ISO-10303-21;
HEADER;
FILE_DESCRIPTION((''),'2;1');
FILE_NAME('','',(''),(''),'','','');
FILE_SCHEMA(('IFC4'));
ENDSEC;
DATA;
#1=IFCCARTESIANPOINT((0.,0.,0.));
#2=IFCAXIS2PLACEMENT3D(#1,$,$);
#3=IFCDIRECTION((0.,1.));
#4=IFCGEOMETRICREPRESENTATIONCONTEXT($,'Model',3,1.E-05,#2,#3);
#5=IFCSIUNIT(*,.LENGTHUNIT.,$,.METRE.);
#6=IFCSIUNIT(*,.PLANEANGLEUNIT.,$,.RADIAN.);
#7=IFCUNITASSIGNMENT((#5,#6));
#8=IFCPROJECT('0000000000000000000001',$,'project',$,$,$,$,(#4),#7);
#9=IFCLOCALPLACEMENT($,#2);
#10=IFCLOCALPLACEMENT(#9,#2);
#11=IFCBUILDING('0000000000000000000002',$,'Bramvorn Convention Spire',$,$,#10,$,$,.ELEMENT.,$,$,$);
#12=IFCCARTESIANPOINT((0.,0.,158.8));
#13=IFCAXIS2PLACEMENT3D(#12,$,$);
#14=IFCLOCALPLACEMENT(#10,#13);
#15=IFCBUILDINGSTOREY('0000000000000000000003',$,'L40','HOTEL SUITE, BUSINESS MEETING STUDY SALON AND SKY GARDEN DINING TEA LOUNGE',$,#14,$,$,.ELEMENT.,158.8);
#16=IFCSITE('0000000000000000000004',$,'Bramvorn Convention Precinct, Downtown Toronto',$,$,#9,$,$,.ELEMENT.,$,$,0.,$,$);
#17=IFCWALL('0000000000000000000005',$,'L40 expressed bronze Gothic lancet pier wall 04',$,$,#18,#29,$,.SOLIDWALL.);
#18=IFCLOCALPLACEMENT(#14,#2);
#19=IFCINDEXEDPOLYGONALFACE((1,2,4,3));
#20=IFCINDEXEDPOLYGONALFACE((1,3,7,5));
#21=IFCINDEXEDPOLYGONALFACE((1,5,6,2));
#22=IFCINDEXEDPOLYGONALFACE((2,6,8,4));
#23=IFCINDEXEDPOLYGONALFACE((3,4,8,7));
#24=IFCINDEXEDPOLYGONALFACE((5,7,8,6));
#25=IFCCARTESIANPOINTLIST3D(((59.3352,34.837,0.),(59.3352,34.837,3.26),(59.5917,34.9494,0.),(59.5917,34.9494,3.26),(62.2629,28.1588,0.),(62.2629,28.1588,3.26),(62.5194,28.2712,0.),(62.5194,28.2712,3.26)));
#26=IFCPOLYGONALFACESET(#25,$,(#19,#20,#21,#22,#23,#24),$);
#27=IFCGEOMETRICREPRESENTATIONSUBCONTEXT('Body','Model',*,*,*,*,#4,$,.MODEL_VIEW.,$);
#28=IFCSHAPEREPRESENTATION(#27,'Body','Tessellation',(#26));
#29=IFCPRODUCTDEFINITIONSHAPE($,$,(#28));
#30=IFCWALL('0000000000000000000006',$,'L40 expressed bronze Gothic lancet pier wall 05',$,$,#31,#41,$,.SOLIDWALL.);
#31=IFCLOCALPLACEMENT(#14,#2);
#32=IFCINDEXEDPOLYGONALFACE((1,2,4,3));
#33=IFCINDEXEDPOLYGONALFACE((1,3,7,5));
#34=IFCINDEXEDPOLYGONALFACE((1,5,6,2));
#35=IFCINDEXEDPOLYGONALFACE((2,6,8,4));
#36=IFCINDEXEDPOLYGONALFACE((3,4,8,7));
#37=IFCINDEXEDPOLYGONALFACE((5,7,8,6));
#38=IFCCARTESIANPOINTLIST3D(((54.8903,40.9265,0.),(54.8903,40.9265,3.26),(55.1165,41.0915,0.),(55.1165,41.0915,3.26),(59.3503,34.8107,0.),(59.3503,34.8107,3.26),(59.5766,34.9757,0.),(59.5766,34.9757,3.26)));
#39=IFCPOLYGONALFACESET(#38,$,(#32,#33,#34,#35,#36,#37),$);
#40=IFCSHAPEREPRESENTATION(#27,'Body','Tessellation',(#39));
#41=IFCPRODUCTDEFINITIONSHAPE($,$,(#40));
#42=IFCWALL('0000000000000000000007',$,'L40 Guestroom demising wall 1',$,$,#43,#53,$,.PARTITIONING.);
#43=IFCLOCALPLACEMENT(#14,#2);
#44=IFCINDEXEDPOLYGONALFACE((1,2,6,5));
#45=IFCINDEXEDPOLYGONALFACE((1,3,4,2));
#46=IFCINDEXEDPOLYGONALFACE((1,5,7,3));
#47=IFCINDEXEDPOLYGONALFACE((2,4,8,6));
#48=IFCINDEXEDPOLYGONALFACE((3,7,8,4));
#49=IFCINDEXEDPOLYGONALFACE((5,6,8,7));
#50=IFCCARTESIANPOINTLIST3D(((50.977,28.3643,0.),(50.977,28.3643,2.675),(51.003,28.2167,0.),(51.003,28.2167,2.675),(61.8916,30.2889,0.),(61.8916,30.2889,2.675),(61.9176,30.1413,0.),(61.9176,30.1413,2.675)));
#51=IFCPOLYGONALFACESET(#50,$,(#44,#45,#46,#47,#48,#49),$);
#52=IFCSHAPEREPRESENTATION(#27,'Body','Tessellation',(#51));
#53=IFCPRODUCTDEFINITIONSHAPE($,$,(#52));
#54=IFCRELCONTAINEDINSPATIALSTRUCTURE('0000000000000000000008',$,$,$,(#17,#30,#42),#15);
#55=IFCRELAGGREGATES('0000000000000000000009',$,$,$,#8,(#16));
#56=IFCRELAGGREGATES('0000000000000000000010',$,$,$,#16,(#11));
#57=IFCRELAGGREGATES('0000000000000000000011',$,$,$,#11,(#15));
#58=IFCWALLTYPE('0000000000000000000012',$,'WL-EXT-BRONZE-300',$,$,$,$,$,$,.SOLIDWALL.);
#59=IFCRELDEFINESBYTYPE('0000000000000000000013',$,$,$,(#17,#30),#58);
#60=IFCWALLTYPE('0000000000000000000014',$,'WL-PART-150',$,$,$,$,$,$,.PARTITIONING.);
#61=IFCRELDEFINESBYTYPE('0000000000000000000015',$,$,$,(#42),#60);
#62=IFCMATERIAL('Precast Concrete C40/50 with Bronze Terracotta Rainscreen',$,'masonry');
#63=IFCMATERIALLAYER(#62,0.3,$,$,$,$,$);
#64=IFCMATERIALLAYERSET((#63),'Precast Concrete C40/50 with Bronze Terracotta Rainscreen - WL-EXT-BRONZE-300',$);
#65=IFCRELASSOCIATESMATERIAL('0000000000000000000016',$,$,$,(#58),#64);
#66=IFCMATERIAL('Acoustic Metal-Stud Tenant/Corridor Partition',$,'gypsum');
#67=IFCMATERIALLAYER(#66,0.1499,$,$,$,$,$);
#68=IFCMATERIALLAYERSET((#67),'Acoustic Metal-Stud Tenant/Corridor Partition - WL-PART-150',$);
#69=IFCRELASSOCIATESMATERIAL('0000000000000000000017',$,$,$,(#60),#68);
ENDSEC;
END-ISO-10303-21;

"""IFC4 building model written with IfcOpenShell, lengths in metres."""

from ifc_helpers import new_model, si_unit, direction, frame, frame_2d, origin, place, context, subcontext, project, spatial, rectangle, extrude, material, layer, layer_set, type_object, element, save


model = new_model("IFC4")

# Units and contexts
model_context = context("Model", 3, precision=1e-05, world=origin(), true_north=direction((0.0, 1.0)))
body_context = subcontext(model_context, "Body", "Model", "MODEL_VIEW")
ifc_project = project(units=[si_unit("LENGTHUNIT", "METRE"), si_unit("PLANEANGLEUNIT", "RADIAN")], contexts=[model_context])

# Site, building, storey
site_placement = place(None, origin())
site = spatial("IfcSite", under=ifc_project, at=site_placement, Name="Bramvorn Convention Precinct, Downtown Toronto", CompositionType="ELEMENT", RefElevation=0.0)
building_placement = place(site_placement, origin())
building = spatial("IfcBuilding", under=site, at=building_placement, Name="Bramvorn Convention Spire", CompositionType="ELEMENT")
storey_placement = place(building_placement, frame((0.0, 0.0, 158.8)))
storey = spatial("IfcBuildingStorey", under=building, at=storey_placement, Name="L40", Description="HOTEL SUITE, BUSINESS MEETING STUDY SALON AND SKY GARDEN DINING TEA LOUNGE", CompositionType="ELEMENT", Elevation=158.8)

# Walls
ifc_material_1 = material(Name="Precast Concrete C40/50 with Bronze Terracotta Rainscreen", Category="masonry")
ifc_layer_1 = layer(ifc_material_1, 0.3)
ifc_layer_set_1 = layer_set([ifc_layer_1], Name="Precast Concrete C40/50 with Bronze Terracotta Rainscreen - WL-EXT-BRONZE-300")
wall_type_1 = type_object("IfcWallType", Name="WL-EXT-BRONZE-300", PredefinedType="SOLIDWALL", material=ifc_layer_set_1)
wall_1_placement = place(storey_placement, frame((59.4634, 34.8933, 0.0), z_axis=(0.0, 0.0, 1.0), x_axis=(0.401511, -0.915854, 0.0)))
element("IfcWall", 1, at=wall_1_placement, inside=storey, type_object=wall_type_1, Name="L40 expressed bronze Gothic lancet pier wall 04", PredefinedType="SOLIDWALL", context=body_context, shape_type="SweptSolid", body=[
    extrude(rectangle(XDim=7.2917, YDim=0.28, at=frame_2d((3.646, 0.0))), origin(), (0.0, 0.0, 1.0), 3.26),
])
wall_2_placement = place(storey_placement, frame((55.0034, 41.009, 0.0), z_axis=(0.0, 0.0, 1.0), x_axis=(0.589222, -0.807971, 0.0)))
element("IfcWall", 2, at=wall_2_placement, inside=storey, type_object=wall_type_1, Name="L40 expressed bronze Gothic lancet pier wall 05", PredefinedType="SOLIDWALL", context=body_context, shape_type="SweptSolid", body=[
    extrude(rectangle(XDim=7.5693, YDim=0.28, at=frame_2d((3.7847, 0.0))), origin(), (0.0, 0.0, 1.0), 3.26),
])
ifc_material_2 = material(Name="Acoustic Metal-Stud Tenant/Corridor Partition", Category="gypsum")
ifc_layer_2 = layer(ifc_material_2, 0.1499)
ifc_layer_set_2 = layer_set([ifc_layer_2], Name="Acoustic Metal-Stud Tenant/Corridor Partition - WL-PART-150")
wall_type_2 = type_object("IfcWallType", Name="WL-PART-150", PredefinedType="PARTITIONING", material=ifc_layer_set_2)
wall_3_placement = place(storey_placement, frame((50.99, 28.2905, 0.0), z_axis=(0.0, 0.0, 1.0), x_axis=(0.984807, 0.173651, 0.0)))
element("IfcWall", 3, at=wall_3_placement, inside=storey, type_object=wall_type_2, Name="L40 Guestroom demising wall 1", PredefinedType="PARTITIONING", context=body_context, shape_type="SweptSolid", body=[
    extrude(rectangle(XDim=11.083, YDim=0.1499, at=frame_2d((5.5415, 0.0))), origin(), (0.0, 0.0, 1.0), 2.675),
])

save(model, "model.ifc")
